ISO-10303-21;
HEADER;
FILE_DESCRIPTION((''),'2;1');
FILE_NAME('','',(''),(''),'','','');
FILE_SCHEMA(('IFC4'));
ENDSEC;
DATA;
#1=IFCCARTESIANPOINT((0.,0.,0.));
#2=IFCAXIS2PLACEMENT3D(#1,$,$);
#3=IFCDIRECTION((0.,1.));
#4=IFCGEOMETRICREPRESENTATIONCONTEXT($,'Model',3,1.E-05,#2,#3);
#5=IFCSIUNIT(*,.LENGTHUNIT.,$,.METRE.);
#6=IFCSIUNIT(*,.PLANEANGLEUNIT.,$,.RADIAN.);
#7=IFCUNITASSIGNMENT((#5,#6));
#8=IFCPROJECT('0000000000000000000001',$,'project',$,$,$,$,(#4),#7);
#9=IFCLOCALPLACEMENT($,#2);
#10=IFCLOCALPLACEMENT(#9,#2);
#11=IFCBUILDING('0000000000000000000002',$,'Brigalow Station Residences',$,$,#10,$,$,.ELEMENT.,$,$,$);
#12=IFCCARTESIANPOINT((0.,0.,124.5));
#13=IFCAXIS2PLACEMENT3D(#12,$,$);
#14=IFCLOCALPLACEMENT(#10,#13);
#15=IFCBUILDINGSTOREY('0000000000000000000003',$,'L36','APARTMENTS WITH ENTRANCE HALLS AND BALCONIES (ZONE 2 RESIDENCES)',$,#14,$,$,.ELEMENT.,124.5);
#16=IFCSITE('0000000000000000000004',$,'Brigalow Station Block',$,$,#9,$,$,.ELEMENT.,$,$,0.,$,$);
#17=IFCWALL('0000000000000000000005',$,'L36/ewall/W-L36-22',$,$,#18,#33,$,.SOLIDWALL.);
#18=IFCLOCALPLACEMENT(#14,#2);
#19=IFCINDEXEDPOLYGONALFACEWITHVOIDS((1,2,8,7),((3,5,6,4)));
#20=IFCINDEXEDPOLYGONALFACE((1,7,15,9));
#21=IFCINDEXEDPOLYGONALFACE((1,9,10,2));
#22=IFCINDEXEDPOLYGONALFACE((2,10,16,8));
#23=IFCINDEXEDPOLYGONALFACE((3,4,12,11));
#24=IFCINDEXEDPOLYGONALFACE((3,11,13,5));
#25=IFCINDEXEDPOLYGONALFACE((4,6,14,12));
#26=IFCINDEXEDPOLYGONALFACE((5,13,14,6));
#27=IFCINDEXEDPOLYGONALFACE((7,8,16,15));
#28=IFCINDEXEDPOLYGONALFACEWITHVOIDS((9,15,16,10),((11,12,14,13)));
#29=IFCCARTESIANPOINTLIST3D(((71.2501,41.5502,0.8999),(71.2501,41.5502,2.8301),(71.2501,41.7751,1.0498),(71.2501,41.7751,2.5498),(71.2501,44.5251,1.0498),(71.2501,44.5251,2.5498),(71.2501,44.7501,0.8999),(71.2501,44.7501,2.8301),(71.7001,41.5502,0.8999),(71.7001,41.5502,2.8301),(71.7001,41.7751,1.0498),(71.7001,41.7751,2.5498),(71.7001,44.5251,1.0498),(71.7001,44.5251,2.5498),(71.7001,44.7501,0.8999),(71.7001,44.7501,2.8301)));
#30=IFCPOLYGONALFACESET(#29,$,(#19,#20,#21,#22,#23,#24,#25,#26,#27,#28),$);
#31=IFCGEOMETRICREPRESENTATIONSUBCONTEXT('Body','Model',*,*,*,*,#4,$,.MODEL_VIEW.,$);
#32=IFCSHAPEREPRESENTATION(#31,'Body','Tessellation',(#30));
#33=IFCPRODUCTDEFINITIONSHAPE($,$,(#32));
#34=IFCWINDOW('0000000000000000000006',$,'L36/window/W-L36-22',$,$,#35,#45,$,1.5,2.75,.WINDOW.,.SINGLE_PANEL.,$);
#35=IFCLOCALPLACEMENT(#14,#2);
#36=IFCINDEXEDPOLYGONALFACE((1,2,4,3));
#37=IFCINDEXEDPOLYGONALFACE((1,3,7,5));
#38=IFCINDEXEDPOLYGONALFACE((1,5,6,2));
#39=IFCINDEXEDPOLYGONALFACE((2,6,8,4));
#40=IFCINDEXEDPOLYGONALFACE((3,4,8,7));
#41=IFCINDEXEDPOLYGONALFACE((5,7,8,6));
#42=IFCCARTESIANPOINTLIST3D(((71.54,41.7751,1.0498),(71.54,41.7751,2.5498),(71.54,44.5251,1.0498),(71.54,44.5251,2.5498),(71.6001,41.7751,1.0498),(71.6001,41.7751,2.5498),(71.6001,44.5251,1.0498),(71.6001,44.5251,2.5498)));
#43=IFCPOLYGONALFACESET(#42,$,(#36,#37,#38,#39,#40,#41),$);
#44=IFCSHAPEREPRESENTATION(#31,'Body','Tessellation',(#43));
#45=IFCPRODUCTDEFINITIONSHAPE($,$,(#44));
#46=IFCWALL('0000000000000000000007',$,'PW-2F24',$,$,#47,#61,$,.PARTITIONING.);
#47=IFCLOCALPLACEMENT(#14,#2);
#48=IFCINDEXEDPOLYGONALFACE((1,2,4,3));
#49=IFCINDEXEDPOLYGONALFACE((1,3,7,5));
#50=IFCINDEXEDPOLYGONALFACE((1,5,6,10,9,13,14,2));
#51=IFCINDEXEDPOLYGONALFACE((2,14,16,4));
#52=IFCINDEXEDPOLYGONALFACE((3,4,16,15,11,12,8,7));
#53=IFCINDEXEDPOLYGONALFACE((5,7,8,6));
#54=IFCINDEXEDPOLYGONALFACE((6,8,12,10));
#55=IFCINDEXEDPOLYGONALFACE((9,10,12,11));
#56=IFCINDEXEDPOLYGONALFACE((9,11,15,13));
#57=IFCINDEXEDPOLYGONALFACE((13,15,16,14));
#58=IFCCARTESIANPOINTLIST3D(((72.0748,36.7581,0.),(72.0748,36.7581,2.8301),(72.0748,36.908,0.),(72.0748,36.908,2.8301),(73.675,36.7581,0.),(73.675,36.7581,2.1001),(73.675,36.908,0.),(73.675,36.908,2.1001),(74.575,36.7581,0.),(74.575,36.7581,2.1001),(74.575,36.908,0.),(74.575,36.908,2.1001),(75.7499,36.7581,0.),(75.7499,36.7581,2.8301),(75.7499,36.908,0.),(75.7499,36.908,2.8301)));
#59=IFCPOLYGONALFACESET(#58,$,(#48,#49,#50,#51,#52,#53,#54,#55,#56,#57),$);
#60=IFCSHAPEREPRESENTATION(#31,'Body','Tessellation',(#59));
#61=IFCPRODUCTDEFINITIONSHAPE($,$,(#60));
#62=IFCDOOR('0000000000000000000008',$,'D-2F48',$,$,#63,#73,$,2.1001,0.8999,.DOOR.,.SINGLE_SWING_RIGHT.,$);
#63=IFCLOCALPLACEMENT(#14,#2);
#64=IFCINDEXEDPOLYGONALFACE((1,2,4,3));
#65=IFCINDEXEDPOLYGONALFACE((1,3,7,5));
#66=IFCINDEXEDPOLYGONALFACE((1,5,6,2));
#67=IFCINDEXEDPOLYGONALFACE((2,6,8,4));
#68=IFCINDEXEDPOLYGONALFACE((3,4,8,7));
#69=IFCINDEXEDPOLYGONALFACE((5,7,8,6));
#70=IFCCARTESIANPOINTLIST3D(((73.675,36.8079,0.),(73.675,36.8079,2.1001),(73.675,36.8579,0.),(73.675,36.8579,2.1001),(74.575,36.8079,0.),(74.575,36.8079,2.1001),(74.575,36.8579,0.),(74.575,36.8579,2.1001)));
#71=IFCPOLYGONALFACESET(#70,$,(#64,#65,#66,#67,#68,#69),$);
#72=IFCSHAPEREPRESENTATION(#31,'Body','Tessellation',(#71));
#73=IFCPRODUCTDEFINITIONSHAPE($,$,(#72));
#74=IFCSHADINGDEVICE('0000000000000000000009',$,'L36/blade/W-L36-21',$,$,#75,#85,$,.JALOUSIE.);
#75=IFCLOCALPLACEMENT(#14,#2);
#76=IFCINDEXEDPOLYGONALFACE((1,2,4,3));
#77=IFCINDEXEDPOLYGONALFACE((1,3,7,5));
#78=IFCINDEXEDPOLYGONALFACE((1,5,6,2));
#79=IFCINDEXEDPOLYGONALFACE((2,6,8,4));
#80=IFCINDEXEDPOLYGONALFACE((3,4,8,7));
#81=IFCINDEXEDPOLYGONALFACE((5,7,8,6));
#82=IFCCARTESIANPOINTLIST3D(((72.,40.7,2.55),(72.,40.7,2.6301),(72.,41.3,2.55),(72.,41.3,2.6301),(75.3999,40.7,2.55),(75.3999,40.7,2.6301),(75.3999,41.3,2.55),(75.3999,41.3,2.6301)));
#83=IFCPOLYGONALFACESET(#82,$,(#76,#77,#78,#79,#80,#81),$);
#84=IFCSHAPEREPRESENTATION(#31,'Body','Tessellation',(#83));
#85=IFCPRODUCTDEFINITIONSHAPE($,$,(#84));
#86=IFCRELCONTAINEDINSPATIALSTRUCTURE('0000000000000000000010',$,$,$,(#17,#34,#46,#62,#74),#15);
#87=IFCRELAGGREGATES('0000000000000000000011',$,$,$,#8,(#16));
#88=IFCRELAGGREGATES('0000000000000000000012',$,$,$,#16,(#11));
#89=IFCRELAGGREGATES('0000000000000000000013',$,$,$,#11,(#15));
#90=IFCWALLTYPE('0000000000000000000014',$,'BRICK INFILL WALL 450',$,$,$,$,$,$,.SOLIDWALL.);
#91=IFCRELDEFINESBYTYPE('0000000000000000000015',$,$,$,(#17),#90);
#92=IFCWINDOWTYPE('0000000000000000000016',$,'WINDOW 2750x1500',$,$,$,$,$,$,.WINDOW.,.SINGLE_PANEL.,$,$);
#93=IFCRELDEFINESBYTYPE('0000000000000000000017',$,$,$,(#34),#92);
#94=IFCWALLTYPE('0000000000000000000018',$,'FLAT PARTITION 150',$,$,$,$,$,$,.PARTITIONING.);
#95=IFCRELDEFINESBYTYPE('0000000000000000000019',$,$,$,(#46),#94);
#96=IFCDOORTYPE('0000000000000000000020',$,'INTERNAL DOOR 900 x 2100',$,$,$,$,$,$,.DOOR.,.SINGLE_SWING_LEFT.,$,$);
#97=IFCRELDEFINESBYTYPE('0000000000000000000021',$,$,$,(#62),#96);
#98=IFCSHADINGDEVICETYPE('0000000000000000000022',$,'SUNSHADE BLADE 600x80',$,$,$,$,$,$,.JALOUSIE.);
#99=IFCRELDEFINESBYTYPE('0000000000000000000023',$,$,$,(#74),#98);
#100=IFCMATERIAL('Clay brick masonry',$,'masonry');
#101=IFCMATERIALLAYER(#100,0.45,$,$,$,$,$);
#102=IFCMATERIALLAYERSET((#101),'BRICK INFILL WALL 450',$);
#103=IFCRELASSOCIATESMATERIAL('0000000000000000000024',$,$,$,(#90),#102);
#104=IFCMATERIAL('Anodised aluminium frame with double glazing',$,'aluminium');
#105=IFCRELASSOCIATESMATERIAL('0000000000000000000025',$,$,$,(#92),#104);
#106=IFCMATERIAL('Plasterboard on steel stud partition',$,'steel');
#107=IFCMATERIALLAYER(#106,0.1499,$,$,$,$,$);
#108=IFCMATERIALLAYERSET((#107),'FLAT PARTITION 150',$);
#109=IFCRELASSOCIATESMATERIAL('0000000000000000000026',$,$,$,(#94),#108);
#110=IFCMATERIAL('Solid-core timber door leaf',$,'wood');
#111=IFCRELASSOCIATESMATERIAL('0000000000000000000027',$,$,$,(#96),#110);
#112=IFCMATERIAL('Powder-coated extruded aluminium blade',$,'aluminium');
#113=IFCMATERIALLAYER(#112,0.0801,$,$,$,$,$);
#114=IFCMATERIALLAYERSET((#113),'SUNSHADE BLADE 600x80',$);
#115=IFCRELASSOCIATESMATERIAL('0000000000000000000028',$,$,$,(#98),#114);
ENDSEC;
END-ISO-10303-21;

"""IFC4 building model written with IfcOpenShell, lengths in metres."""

from ifc_helpers import new_model, si_unit, direction, frame, frame_2d, origin, origin_2d, place, context, subcontext, project, spatial, rectangle, extrude, material, layer, layer_set, type_object, element, fill, save


model = new_model("IFC4")

# Units and contexts
model_context = context("Model", 3, precision=1e-05, world=origin(), true_north=direction((0.0, 1.0)))
body_context = subcontext(model_context, "Body", "Model", "MODEL_VIEW")
ifc_project = project(units=[si_unit("LENGTHUNIT", "METRE"), si_unit("PLANEANGLEUNIT", "RADIAN")], contexts=[model_context])

# Site, building, storey
site_placement = place(None, origin())
site = spatial("IfcSite", under=ifc_project, at=site_placement, Name="Brigalow Station Block", CompositionType="ELEMENT", RefElevation=0.0)
building_placement = place(site_placement, origin())
building = spatial("IfcBuilding", under=site, at=building_placement, Name="Brigalow Station Residences", CompositionType="ELEMENT")
storey_placement = place(building_placement, frame((0.0, 0.0, 124.5)))
storey = spatial("IfcBuildingStorey", under=building, at=storey_placement, Name="L36", Description="APARTMENTS WITH ENTRANCE HALLS AND BALCONIES (ZONE 2 RESIDENCES)", CompositionType="ELEMENT", Elevation=124.5)

# Wall, opening, window
ifc_material_1 = material(Name="Clay brick masonry", Category="masonry")
ifc_layer_1 = layer(ifc_material_1, 0.45)
ifc_layer_set_1 = layer_set([ifc_layer_1], Name="BRICK INFILL WALL 450")
wall_type_1 = type_object("IfcWallType", Name="BRICK INFILL WALL 450", PredefinedType="SOLIDWALL", material=ifc_layer_set_1)
wall_1_placement = place(storey_placement, frame((71.4751, 41.55, 0.8999), z_axis=(0.0, 0.0, 1.0), x_axis=(0.0, 1.0, 0.0)))
wall_1 = element("IfcWall", 1, at=wall_1_placement, inside=storey, type_object=wall_type_1, Name="L36/ewall/W-L36-22", PredefinedType="SOLIDWALL", context=body_context, shape_type="SweptSolid", body=[
    extrude(rectangle(XDim=3.2, YDim=0.45, at=frame_2d((1.6001, 0.0))), origin(), (0.0, 0.0, 1.0), 1.9302),
])
opening_1_placement = place(wall_1_placement, frame((0.2251, 0.0, 0.1499)))
opening_1 = element("IfcOpeningElement", 2, at=opening_1_placement, cuts=wall_1, PredefinedType="OPENING", context=body_context, shape_type="SweptSolid", body=[
    extrude(rectangle(XDim=2.75, YDim=1.5, at=frame_2d((1.375, 0.75))), frame((0.0, 0.2349, 0.0), z_axis=(0.0, -1.0, 0.0), x_axis=(1.0, 0.0, 0.0)), (0.0, 0.0, 1.0), 0.47),
])
ifc_material_2 = material(Name="Anodised aluminium frame with double glazing", Category="aluminium")
window_type_1 = type_object("IfcWindowType", Name="WINDOW 2750x1500", PartitioningType="SINGLE_PANEL", PredefinedType="WINDOW", material=ifc_material_2)
window_1_placement = place(opening_1_placement, origin())
window_1 = element("IfcWindow", 3, at=window_1_placement, inside=storey, type_object=window_type_1, Name="L36/window/W-L36-22", OverallHeight=1.5, OverallWidth=2.75, PartitioningType="SINGLE_PANEL", PredefinedType="WINDOW", context=body_context, shape_type="SweptSolid", body=[
    extrude(rectangle(XDim=2.75, YDim=1.5, at=frame_2d((1.375, 0.75))), frame((0.0, -0.0649, 0.0), z_axis=(0.0, -1.0, 0.0), x_axis=(1.0, 0.0, 0.0)), (0.0, 0.0, 1.0), 0.0601),
])
fill(opening_1, window_1)

# Wall, opening, door
ifc_material_3 = material(Name="Plasterboard on steel stud partition", Category="steel")
ifc_layer_2 = layer(ifc_material_3, 0.1499)
ifc_layer_set_2 = layer_set([ifc_layer_2], Name="FLAT PARTITION 150")
wall_type_2 = type_object("IfcWallType", Name="FLAT PARTITION 150", PredefinedType="PARTITIONING", material=ifc_layer_set_2)
wall_2_placement = place(storey_placement, frame((72.075, 36.833, 0.0), z_axis=(0.0, 0.0, 1.0), x_axis=(1.0, 0.0, 0.0)))
wall_2 = element("IfcWall", 4, at=wall_2_placement, inside=storey, type_object=wall_type_2, Name="PW-2F24", PredefinedType="PARTITIONING", context=body_context, shape_type="SweptSolid", body=[
    extrude(rectangle(XDim=3.675, YDim=0.1499, at=frame_2d((1.8374, 0.0))), origin(), (0.0, 0.0, 1.0), 2.8301),
])
opening_2_placement = place(wall_2_placement, frame((1.6001, 0.0, 0.0)))
opening_2 = element("IfcOpeningElement", 5, at=opening_2_placement, cuts=wall_2, PredefinedType="OPENING", context=body_context, shape_type="SweptSolid", body=[
    extrude(rectangle(XDim=0.8999, YDim=2.1001, at=frame_2d((0.45, 1.05))), frame((0.0, 0.085, 0.0), z_axis=(0.0, -1.0, 0.0), x_axis=(1.0, 0.0, 0.0)), (0.0, 0.0, 1.0), 0.1699),
])
ifc_material_4 = material(Name="Solid-core timber door leaf", Category="wood")
door_type = type_object("IfcDoorType", Name="INTERNAL DOOR 900 x 2100", OperationType="SINGLE_SWING_LEFT", PredefinedType="DOOR", material=ifc_material_4)
door_placement = place(opening_2_placement, origin())
door = element("IfcDoor", 6, at=door_placement, inside=storey, type_object=door_type, Name="D-2F48", OperationType="SINGLE_SWING_RIGHT", OverallHeight=2.1001, OverallWidth=0.8999, PredefinedType="DOOR", context=body_context, shape_type="SweptSolid", body=[
    extrude(rectangle(XDim=0.8999, YDim=2.1001, at=frame_2d((0.45, 1.05))), frame((0.0, 0.0249, 0.0), z_axis=(0.0, -1.0, 0.0), x_axis=(1.0, 0.0, 0.0)), (0.0, 0.0, 1.0), 0.05),
])
fill(opening_2, door)

# Shading device
ifc_material_5 = material(Name="Powder-coated extruded aluminium blade", Category="aluminium")
ifc_layer_3 = layer(ifc_material_5, 0.0801)
ifc_layer_set_3 = layer_set([ifc_layer_3], Name="SUNSHADE BLADE 600x80")
shading_device_type = type_object("IfcShadingDeviceType", Name="SUNSHADE BLADE 600x80", PredefinedType="JALOUSIE", material=ifc_layer_set_3)
shading_device_placement = place(storey_placement, frame((73.7, 41.0, 2.55), z_axis=(0.0, 0.0, 1.0), x_axis=(-1.0, 0.0, 0.0)))
element("IfcShadingDevice", 7, at=shading_device_placement, inside=storey, type_object=shading_device_type, Name="L36/blade/W-L36-21", PredefinedType="JALOUSIE", context=body_context, shape_type="SweptSolid", body=[
    extrude(rectangle(XDim=3.3999, YDim=0.6001, at=origin_2d()), origin(), (0.0, 0.0, 1.0), 0.0801),
])

save(model, "model.ifc")
